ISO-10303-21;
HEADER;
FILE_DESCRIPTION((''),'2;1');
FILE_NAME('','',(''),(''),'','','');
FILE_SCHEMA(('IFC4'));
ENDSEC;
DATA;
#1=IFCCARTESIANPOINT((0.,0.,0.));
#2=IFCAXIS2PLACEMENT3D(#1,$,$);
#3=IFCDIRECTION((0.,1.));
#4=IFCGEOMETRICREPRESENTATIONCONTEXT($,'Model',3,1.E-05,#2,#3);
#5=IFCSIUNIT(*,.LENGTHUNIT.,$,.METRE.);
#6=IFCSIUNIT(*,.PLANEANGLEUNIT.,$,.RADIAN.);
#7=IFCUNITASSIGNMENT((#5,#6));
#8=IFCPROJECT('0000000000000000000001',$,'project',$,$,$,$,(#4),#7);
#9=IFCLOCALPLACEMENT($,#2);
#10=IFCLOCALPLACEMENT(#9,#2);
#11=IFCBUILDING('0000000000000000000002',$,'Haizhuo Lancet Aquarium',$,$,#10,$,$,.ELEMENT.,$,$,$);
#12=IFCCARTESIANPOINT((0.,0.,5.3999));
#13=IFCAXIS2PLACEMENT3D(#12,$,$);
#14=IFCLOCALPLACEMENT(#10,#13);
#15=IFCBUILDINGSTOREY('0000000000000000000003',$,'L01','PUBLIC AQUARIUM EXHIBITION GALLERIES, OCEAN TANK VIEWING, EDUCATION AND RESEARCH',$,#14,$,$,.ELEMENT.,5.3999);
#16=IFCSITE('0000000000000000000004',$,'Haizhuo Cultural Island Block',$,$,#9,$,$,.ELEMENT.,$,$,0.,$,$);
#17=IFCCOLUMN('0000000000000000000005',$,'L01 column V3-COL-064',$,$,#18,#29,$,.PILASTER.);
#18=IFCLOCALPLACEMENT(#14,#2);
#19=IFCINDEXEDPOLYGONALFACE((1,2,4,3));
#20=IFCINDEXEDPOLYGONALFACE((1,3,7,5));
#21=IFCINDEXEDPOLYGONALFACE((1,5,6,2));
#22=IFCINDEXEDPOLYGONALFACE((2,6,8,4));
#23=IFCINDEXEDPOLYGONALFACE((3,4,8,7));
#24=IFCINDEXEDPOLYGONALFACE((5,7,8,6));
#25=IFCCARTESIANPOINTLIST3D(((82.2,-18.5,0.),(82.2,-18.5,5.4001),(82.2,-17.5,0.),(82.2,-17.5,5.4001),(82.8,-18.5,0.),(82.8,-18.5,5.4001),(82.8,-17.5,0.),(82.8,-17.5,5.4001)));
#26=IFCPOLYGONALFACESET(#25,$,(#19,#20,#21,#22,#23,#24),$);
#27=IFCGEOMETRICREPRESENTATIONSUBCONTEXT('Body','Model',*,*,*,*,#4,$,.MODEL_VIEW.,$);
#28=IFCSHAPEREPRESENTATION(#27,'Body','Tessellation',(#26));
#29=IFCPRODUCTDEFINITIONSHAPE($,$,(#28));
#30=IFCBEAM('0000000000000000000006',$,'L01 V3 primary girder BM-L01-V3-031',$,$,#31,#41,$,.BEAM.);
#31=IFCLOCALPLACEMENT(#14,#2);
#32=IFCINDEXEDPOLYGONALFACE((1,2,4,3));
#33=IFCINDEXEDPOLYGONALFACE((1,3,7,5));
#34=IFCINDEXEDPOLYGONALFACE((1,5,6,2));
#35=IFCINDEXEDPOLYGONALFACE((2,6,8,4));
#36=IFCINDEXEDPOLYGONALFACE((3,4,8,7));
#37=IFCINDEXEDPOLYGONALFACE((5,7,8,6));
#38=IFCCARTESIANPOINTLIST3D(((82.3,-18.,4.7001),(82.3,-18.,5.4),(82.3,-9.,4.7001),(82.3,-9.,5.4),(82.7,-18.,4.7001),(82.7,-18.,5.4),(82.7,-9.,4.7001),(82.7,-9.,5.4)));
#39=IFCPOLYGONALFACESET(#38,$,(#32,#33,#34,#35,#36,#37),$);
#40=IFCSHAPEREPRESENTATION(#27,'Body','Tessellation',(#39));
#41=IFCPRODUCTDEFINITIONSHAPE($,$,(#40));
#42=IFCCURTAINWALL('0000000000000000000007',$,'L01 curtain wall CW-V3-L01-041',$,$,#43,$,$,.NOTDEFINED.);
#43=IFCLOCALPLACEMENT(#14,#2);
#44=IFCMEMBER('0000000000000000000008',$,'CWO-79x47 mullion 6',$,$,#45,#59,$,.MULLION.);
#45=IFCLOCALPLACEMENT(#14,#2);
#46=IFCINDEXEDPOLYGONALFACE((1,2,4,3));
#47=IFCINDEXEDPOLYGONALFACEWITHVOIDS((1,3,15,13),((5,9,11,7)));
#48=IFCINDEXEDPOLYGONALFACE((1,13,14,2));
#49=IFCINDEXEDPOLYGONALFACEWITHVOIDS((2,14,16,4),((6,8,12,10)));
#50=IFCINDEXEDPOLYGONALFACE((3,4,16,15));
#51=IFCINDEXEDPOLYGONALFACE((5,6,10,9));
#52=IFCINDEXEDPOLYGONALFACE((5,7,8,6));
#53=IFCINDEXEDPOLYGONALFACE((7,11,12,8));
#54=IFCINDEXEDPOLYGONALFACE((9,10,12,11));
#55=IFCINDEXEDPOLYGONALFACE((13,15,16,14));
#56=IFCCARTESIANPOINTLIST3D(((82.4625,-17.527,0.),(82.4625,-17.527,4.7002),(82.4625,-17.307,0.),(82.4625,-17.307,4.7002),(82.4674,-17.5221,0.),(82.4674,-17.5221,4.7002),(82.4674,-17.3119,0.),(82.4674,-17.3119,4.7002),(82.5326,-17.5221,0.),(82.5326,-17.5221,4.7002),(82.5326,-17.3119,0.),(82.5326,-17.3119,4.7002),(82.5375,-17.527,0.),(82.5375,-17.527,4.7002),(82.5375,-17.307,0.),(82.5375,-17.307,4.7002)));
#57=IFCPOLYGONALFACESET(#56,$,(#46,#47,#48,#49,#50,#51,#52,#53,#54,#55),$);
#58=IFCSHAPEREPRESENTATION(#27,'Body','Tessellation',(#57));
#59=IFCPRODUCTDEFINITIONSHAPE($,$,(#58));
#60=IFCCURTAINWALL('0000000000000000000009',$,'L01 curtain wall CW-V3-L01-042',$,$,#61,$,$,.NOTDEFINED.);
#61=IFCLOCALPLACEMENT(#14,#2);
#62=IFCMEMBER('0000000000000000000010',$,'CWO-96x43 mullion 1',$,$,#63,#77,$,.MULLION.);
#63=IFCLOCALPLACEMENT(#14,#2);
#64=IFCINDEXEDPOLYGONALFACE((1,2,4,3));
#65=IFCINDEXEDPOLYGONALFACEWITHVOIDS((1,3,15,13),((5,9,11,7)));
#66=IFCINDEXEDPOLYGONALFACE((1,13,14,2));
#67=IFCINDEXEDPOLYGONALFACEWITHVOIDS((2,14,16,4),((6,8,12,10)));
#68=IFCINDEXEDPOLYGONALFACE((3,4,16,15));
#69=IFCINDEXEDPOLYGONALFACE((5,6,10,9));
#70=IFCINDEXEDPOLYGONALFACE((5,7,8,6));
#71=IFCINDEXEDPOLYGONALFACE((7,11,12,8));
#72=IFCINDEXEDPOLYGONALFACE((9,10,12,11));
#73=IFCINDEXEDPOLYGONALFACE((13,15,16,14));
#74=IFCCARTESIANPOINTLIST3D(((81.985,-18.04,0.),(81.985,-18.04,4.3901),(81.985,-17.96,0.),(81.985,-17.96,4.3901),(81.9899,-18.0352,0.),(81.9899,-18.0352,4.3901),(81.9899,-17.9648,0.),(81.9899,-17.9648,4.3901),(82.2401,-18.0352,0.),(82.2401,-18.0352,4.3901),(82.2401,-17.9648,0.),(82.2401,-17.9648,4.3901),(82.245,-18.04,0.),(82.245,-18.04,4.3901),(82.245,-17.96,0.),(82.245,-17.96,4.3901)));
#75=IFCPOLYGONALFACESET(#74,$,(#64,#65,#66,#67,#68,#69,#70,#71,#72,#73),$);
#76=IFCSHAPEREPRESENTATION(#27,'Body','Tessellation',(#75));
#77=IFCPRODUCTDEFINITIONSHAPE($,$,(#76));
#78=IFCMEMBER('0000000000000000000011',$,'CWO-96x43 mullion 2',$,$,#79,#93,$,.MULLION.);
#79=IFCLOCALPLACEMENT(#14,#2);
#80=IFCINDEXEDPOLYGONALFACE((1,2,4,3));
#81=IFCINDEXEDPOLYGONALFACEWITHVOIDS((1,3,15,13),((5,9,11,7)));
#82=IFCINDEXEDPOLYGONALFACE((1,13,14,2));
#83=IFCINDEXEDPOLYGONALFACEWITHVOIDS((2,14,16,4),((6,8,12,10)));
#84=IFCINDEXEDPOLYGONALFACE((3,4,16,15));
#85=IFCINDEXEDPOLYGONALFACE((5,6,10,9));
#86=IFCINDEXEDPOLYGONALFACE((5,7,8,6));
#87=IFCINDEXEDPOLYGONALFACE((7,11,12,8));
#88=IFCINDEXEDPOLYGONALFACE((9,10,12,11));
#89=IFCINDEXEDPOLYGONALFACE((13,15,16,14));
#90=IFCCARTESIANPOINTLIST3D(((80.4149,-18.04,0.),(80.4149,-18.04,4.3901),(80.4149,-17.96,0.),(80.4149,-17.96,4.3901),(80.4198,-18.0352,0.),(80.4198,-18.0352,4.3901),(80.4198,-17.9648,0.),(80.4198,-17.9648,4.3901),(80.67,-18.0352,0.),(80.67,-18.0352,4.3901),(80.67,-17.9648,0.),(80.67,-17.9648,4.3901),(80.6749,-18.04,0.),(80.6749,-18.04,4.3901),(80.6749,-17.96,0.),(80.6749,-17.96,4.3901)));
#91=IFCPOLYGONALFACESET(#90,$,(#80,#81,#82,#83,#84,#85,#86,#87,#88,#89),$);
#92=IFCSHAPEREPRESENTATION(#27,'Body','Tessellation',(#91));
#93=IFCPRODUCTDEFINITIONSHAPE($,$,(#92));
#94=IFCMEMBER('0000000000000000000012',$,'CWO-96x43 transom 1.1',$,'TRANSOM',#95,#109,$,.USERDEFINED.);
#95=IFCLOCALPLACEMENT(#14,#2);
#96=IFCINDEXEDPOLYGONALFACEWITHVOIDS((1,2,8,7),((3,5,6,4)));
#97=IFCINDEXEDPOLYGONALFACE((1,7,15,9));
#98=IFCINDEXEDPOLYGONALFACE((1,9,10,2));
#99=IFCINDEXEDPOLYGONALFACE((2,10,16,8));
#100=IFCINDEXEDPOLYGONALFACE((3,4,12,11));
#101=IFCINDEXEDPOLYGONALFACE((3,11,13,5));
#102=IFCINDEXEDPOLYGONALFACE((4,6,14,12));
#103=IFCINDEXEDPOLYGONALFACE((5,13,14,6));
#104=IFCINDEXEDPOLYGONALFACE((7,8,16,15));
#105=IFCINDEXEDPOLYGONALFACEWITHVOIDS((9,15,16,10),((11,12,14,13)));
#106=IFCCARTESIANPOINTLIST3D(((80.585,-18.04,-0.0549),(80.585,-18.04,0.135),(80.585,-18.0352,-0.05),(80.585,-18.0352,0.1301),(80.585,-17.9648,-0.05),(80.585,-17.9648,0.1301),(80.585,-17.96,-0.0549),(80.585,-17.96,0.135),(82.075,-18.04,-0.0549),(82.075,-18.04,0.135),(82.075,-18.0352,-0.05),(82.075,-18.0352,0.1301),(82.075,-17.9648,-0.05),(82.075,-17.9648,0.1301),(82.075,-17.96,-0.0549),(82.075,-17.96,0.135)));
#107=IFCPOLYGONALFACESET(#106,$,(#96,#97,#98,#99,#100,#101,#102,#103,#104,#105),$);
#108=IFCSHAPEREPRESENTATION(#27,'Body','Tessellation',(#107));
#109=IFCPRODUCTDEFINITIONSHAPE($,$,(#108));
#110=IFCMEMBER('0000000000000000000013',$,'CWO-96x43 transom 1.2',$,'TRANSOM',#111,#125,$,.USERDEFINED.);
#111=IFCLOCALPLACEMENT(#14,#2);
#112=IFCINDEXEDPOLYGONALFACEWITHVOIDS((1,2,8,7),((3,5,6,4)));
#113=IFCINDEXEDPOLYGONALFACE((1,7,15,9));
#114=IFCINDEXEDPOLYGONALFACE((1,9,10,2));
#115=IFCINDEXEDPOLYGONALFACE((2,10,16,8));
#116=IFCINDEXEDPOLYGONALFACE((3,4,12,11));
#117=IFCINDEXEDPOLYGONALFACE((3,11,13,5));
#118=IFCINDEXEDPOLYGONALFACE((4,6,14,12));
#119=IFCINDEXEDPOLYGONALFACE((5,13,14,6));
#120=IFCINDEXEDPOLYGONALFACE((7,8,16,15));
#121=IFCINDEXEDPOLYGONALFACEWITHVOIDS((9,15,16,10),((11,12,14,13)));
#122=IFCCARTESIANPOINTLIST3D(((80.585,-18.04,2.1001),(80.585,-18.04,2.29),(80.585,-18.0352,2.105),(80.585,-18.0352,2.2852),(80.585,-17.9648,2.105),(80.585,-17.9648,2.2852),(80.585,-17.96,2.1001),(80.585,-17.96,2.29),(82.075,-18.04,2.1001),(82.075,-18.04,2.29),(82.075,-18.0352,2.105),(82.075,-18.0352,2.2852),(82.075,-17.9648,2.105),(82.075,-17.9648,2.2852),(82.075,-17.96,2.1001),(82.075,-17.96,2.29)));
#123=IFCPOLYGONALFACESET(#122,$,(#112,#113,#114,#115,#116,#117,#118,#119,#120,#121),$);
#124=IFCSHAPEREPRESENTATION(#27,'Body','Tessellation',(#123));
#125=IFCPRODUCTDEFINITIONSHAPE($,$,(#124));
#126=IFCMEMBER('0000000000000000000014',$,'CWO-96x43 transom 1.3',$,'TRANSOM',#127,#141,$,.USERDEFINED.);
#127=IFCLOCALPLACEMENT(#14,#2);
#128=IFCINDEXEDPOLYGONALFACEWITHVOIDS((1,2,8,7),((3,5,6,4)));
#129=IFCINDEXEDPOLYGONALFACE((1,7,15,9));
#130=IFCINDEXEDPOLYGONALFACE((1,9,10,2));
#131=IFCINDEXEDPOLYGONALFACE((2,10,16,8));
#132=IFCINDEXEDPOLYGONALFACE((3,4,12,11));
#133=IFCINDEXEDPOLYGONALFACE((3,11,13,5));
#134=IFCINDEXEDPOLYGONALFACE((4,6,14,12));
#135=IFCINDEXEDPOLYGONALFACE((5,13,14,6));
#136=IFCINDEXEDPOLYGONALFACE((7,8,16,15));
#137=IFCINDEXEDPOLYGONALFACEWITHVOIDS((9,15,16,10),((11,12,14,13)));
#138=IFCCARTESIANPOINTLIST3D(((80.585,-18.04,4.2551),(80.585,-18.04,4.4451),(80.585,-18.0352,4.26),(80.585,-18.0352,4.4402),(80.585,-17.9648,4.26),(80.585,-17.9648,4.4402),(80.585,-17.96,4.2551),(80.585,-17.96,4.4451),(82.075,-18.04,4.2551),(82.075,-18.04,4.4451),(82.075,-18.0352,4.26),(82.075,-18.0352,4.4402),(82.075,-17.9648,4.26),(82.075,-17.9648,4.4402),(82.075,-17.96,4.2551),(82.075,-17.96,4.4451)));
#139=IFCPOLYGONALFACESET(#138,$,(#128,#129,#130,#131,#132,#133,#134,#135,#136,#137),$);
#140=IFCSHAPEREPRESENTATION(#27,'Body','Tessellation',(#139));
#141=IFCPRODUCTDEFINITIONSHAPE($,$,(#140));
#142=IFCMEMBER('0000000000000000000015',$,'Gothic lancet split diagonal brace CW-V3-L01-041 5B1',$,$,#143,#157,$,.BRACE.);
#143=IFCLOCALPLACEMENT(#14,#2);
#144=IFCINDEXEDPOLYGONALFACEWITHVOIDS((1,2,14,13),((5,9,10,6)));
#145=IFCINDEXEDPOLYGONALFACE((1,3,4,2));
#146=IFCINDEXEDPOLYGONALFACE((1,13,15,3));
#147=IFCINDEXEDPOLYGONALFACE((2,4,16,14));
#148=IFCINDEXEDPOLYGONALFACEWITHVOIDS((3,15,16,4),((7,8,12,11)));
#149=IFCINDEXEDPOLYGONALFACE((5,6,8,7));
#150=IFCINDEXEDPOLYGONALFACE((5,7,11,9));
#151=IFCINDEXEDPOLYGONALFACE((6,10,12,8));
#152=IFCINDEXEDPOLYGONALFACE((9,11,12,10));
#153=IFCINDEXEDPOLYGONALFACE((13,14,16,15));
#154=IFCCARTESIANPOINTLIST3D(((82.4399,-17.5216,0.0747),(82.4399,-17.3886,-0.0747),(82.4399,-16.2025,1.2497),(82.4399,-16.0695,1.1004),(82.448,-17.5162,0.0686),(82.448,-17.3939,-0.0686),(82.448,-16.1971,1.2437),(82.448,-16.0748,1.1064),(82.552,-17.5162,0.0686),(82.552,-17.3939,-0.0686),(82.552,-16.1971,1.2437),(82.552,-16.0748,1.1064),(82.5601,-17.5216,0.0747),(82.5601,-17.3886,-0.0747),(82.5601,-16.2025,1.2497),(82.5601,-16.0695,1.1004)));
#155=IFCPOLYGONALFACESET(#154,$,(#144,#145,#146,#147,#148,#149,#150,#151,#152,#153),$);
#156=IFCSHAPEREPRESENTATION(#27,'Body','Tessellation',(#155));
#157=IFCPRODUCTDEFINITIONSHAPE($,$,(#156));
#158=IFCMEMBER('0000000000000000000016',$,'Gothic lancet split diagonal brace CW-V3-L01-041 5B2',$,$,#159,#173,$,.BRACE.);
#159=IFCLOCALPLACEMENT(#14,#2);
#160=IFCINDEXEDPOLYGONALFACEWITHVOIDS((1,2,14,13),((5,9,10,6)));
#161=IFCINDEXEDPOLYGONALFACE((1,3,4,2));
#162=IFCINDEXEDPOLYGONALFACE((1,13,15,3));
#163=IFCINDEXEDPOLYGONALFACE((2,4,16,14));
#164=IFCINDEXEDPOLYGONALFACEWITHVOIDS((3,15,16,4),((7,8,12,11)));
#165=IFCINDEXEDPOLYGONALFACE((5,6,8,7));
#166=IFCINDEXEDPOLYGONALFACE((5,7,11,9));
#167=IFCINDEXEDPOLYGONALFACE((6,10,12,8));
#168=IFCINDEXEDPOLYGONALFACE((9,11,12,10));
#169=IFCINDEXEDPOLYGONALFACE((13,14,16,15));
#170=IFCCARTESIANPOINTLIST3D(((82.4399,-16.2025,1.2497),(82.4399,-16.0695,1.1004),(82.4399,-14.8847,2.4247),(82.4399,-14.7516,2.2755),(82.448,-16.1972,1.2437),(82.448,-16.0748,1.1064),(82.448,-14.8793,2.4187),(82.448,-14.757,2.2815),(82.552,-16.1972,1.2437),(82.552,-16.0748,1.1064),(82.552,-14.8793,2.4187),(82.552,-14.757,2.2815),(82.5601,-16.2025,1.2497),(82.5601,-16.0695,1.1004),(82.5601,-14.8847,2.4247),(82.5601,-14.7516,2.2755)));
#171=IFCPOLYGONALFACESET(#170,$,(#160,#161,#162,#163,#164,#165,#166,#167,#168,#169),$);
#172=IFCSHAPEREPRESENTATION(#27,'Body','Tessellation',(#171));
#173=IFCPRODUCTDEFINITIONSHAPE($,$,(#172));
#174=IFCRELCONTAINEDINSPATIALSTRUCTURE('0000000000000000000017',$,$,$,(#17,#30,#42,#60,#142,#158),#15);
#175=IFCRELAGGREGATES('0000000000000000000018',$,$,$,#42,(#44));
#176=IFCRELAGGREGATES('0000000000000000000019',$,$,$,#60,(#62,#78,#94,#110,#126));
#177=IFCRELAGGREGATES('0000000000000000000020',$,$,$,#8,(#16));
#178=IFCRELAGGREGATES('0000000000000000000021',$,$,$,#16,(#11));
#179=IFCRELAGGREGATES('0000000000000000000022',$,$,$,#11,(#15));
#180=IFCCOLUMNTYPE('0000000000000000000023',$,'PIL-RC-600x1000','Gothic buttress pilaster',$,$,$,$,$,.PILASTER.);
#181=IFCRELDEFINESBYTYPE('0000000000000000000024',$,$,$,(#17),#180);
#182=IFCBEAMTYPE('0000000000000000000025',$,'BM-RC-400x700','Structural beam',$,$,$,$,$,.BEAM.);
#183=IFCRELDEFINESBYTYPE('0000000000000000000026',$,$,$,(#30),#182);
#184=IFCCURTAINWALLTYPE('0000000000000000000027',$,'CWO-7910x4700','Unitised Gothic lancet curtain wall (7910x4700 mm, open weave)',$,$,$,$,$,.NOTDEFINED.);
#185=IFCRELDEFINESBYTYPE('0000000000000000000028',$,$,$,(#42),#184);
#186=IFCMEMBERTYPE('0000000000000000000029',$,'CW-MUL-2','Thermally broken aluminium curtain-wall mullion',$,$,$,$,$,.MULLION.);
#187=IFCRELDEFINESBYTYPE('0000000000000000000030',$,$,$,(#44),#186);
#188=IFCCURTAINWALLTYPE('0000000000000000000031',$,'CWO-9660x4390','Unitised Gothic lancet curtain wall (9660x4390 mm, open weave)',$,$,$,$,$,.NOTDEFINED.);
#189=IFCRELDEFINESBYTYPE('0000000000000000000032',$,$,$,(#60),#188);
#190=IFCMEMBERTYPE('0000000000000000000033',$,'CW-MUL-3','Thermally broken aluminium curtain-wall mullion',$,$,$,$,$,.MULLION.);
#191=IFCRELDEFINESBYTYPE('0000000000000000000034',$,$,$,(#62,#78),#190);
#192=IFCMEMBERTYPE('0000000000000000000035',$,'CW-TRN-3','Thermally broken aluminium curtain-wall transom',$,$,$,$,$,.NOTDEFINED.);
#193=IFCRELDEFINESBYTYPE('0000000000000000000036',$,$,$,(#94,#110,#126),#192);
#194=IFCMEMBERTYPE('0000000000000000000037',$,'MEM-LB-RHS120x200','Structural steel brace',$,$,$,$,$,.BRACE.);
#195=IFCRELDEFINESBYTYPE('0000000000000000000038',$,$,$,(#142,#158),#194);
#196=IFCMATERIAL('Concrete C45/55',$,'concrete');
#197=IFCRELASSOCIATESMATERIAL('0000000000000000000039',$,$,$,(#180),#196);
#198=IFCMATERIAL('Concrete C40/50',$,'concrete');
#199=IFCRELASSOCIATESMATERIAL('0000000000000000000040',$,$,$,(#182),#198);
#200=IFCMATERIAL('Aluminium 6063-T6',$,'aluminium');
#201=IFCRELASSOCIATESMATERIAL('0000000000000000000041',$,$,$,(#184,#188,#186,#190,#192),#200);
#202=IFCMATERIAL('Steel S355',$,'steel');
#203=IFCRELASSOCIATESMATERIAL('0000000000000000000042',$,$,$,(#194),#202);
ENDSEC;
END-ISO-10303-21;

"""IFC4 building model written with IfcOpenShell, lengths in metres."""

from ifc_helpers import new_model, si_unit, direction, frame, origin, origin_2d, place, context, subcontext, project, spatial, rectangle, hollow_rectangle, extrude, material, material_profile, profile_set, type_object, element, aggregate, save


model = new_model("IFC4")

# Units and contexts
model_context = context("Model", 3, precision=1e-05, world=origin(), true_north=direction((0.0, 1.0)))
body_context = subcontext(model_context, "Body", "Model", "MODEL_VIEW")
ifc_project = project(units=[si_unit("LENGTHUNIT", "METRE"), si_unit("PLANEANGLEUNIT", "RADIAN")], contexts=[model_context])

# Site, building, storey
site_placement = place(None, origin())
site = spatial("IfcSite", under=ifc_project, at=site_placement, Name="Haizhuo Cultural Island Block", CompositionType="ELEMENT", RefElevation=0.0)
building_placement = place(site_placement, origin())
building = spatial("IfcBuilding", under=site, at=building_placement, Name="Haizhuo Lancet Aquarium", CompositionType="ELEMENT")
storey_placement = place(building_placement, frame((0.0, 0.0, 5.3999)))
storey = spatial("IfcBuildingStorey", under=building, at=storey_placement, Name="L01", Description="PUBLIC AQUARIUM EXHIBITION GALLERIES, OCEAN TANK VIEWING, EDUCATION AND RESEARCH", CompositionType="ELEMENT", Elevation=5.3999)

# Column
ifc_material_1 = material(Name="Concrete C45/55", Category="concrete")
ifc_material_profile_1 = material_profile(ifc_material_1, rectangle(XDim=0.6001, YDim=1.0, at=origin_2d()), Name="RC-PIL 600x1000")
ifc_profile_set_1 = profile_set([ifc_material_profile_1], Name="Concrete C45/55")
column_type = type_object("IfcColumnType", Name="PIL-RC-600x1000", Description="Gothic buttress pilaster", PredefinedType="PILASTER", material=ifc_profile_set_1)
column_placement = place(storey_placement, frame((82.5, -18.0, 0.0), z_axis=(0.0, 0.0, 1.0), x_axis=(1.0, 0.0, 0.0)))
element("IfcColumn", 1, at=column_placement, inside=storey, type_object=column_type, Name="L01 column V3-COL-064", PredefinedType="PILASTER", context=body_context, shape_type="SweptSolid", body=[
    extrude(rectangle(XDim=0.6001, YDim=1.0, at=origin_2d()), origin(), (0.0, 0.0, 1.0), 5.4001),
])

# Beam
ifc_material_2 = material(Name="Concrete C40/50", Category="concrete")
ifc_material_profile_2 = material_profile(ifc_material_2, rectangle(XDim=0.3999, YDim=0.7, at=origin_2d()), Name="RC-BM 400x700")
ifc_profile_set_2 = profile_set([ifc_material_profile_2], Name="Concrete C40/50")
beam_type = type_object("IfcBeamType", Name="BM-RC-400x700", Description="Structural beam", PredefinedType="BEAM", material=ifc_profile_set_2)
beam_placement = place(storey_placement, frame((82.5, -18.0, 5.05), z_axis=(0.0, 1.0, 0.0), x_axis=(-1.0, 0.0, 0.0)))
element("IfcBeam", 2, at=beam_placement, inside=storey, type_object=beam_type, Name="L01 V3 primary girder BM-L01-V3-031", PredefinedType="BEAM", context=body_context, shape_type="SweptSolid", body=[
    extrude(rectangle(XDim=0.3999, YDim=0.7, at=origin_2d()), origin(), (0.0, 0.0, 1.0), 9.0),
])

# Curtain wall, member
ifc_material_3 = material(Name="Aluminium 6063-T6", Category="aluminium")
curtain_wall_type_1 = type_object("IfcCurtainWallType", Name="CWO-7910x4700", Description="Unitised Gothic lancet curtain wall (7910x4700 mm, open weave)", PredefinedType="NOTDEFINED", material=ifc_material_3)
curtain_wall_1_placement = place(storey_placement, origin())
curtain_wall_1 = element("IfcCurtainWall", 3, at=curtain_wall_1_placement, inside=storey, type_object=curtain_wall_type_1, Name="L01 curtain wall CW-V3-L01-041", PredefinedType="NOTDEFINED")
ifc_material_profile_3 = material_profile(ifc_material_3, hollow_rectangle(XDim=0.075, YDim=0.22, WallThickness=0.0049, at=origin_2d()), Name="ALU-M 75x220x5")
ifc_profile_set_3 = profile_set([ifc_material_profile_3], Name="Aluminium 6063-T6")
member_type_1 = type_object("IfcMemberType", Name="CW-MUL-2", Description="Thermally broken aluminium curtain-wall mullion", PredefinedType="MULLION", material=ifc_profile_set_3)
member_1_placement = place(storey_placement, frame((82.5, -17.417, 0.0), z_axis=(0.0, 0.0, 1.0), x_axis=(1.0, 0.0, 0.0)))
member_1 = element("IfcMember", 4, at=member_1_placement, type_object=member_type_1, Name="CWO-79x47 mullion 6", PredefinedType="MULLION", context=body_context, shape_type="SweptSolid", body=[
    extrude(hollow_rectangle(XDim=0.075, YDim=0.22, WallThickness=0.0049, at=origin_2d()), origin(), (0.0, 0.0, 1.0), 4.7002),
])

# Curtain wall, members
curtain_wall_type_2 = type_object("IfcCurtainWallType", Name="CWO-9660x4390", Description="Unitised Gothic lancet curtain wall (9660x4390 mm, open weave)", PredefinedType="NOTDEFINED", material=ifc_material_3)
curtain_wall_2_placement = place(storey_placement, origin())
curtain_wall_2 = element("IfcCurtainWall", 5, at=curtain_wall_2_placement, inside=storey, type_object=curtain_wall_type_2, Name="L01 curtain wall CW-V3-L01-042", PredefinedType="NOTDEFINED")
ifc_material_profile_4 = material_profile(ifc_material_3, hollow_rectangle(XDim=0.0801, YDim=0.26, WallThickness=0.0049, at=origin_2d()), Name="ALU-M 80x260x5")
ifc_profile_set_4 = profile_set([ifc_material_profile_4], Name="Aluminium 6063-T6")
member_type_2 = type_object("IfcMemberType", Name="CW-MUL-3", Description="Thermally broken aluminium curtain-wall mullion", PredefinedType="MULLION", material=ifc_profile_set_4)
member_2_placement = place(storey_placement, frame((82.115, -18.0, 0.0), z_axis=(0.0, 0.0, 1.0), x_axis=(0.0, -1.0, 0.0)))
member_2 = element("IfcMember", 6, at=member_2_placement, type_object=member_type_2, Name="CWO-96x43 mullion 1", PredefinedType="MULLION", context=body_context, shape_type="SweptSolid", body=[
    extrude(hollow_rectangle(XDim=0.0801, YDim=0.26, WallThickness=0.0049, at=origin_2d()), origin(), (0.0, 0.0, 1.0), 4.3901),
])
member_3_placement = place(storey_placement, frame((80.5449, -18.0, 0.0), z_axis=(0.0, 0.0, 1.0), x_axis=(0.0, -1.0, 0.0)))
member_3 = element("IfcMember", 7, at=member_3_placement, type_object=member_type_2, Name="CWO-96x43 mullion 2", PredefinedType="MULLION", context=body_context, shape_type="SweptSolid", body=[
    extrude(hollow_rectangle(XDim=0.0801, YDim=0.26, WallThickness=0.0049, at=origin_2d()), origin(), (0.0, 0.0, 1.0), 4.3901),
])
ifc_material_profile_5 = material_profile(ifc_material_3, hollow_rectangle(XDim=0.0801, YDim=0.1899, WallThickness=0.0049, at=origin_2d()), Name="ALU-T 80x190x5")
ifc_profile_set_5 = profile_set([ifc_material_profile_5], Name="Aluminium 6063-T6")
member_type_3 = type_object("IfcMemberType", Name="CW-TRN-3", Description="Thermally broken aluminium curtain-wall transom", PredefinedType="NOTDEFINED", material=ifc_profile_set_5)
member_4_placement = place(storey_placement, frame((82.075, -18.0, 0.04), z_axis=(-1.0, 0.0, 0.0), x_axis=(0.0, -1.0, 0.0)))
member_4 = element("IfcMember", 8, at=member_4_placement, type_object=member_type_3, Name="CWO-96x43 transom 1.1", ObjectType="TRANSOM", PredefinedType="USERDEFINED", context=body_context, shape_type="SweptSolid", body=[
    extrude(hollow_rectangle(XDim=0.0801, YDim=0.1899, WallThickness=0.0049, at=origin_2d()), origin(), (0.0, 0.0, 1.0), 1.49),
])
member_5_placement = place(storey_placement, frame((82.075, -18.0, 2.1951), z_axis=(-1.0, 0.0, 0.0), x_axis=(0.0, -1.0, 0.0)))
member_5 = element("IfcMember", 9, at=member_5_placement, type_object=member_type_3, Name="CWO-96x43 transom 1.2", ObjectType="TRANSOM", PredefinedType="USERDEFINED", context=body_context, shape_type="SweptSolid", body=[
    extrude(hollow_rectangle(XDim=0.0801, YDim=0.1899, WallThickness=0.0049, at=origin_2d()), origin(), (0.0, 0.0, 1.0), 1.49),
])
member_6_placement = place(storey_placement, frame((82.075, -18.0, 4.3501), z_axis=(-1.0, 0.0, 0.0), x_axis=(0.0, -1.0, 0.0)))
member_6 = element("IfcMember", 10, at=member_6_placement, type_object=member_type_3, Name="CWO-96x43 transom 1.3", ObjectType="TRANSOM", PredefinedType="USERDEFINED", context=body_context, shape_type="SweptSolid", body=[
    extrude(hollow_rectangle(XDim=0.0801, YDim=0.1899, WallThickness=0.0049, at=origin_2d()), origin(), (0.0, 0.0, 1.0), 1.49),
])

# Members
ifc_material_4 = material(Name="Steel S355", Category="steel")
ifc_material_profile_6 = material_profile(ifc_material_4, hollow_rectangle(XDim=0.1201, YDim=0.2, WallThickness=0.0081, at=origin_2d()), Name="RHS 120x200x8")
ifc_profile_set_6 = profile_set([ifc_material_profile_6], Name="Steel S355")
member_type_4 = type_object("IfcMemberType", Name="MEM-LB-RHS120x200", Description="Structural steel brace", PredefinedType="BRACE", material=ifc_profile_set_6)
member_7_placement = place(storey_placement, frame((82.5, -17.4551, 0.0), z_axis=(0.0, 0.7467, 0.665161), x_axis=(-1.0, 0.0, 0.0)))
element("IfcMember", 11, at=member_7_placement, inside=storey, type_object=member_type_4, Name="Gothic lancet split diagonal brace CW-V3-L01-041 5B1", PredefinedType="BRACE", context=body_context, shape_type="SweptSolid", body=[
    extrude(hollow_rectangle(XDim=0.1201, YDim=0.2, WallThickness=0.0081, at=origin_2d()), origin(), (0.0, 0.0, 1.0), 1.7666),
])
member_8_placement = place(storey_placement, frame((82.5, -16.136, 1.175), z_axis=(0.0, 0.746394, 0.665505), x_axis=(-1.0, 0.0, 0.0)))
element("IfcMember", 12, at=member_8_placement, inside=storey, type_object=member_type_4, Name="Gothic lancet split diagonal brace CW-V3-L01-041 5B2", PredefinedType="BRACE", context=body_context, shape_type="SweptSolid", body=[
    extrude(hollow_rectangle(XDim=0.1201, YDim=0.2, WallThickness=0.0081, at=origin_2d()), origin(), (0.0, 0.0, 1.0), 1.7656),
])

aggregate(curtain_wall_1, [member_1])
aggregate(curtain_wall_2, [member_2, member_3, member_4, member_5, member_6])

save(model, "model.ifc")
